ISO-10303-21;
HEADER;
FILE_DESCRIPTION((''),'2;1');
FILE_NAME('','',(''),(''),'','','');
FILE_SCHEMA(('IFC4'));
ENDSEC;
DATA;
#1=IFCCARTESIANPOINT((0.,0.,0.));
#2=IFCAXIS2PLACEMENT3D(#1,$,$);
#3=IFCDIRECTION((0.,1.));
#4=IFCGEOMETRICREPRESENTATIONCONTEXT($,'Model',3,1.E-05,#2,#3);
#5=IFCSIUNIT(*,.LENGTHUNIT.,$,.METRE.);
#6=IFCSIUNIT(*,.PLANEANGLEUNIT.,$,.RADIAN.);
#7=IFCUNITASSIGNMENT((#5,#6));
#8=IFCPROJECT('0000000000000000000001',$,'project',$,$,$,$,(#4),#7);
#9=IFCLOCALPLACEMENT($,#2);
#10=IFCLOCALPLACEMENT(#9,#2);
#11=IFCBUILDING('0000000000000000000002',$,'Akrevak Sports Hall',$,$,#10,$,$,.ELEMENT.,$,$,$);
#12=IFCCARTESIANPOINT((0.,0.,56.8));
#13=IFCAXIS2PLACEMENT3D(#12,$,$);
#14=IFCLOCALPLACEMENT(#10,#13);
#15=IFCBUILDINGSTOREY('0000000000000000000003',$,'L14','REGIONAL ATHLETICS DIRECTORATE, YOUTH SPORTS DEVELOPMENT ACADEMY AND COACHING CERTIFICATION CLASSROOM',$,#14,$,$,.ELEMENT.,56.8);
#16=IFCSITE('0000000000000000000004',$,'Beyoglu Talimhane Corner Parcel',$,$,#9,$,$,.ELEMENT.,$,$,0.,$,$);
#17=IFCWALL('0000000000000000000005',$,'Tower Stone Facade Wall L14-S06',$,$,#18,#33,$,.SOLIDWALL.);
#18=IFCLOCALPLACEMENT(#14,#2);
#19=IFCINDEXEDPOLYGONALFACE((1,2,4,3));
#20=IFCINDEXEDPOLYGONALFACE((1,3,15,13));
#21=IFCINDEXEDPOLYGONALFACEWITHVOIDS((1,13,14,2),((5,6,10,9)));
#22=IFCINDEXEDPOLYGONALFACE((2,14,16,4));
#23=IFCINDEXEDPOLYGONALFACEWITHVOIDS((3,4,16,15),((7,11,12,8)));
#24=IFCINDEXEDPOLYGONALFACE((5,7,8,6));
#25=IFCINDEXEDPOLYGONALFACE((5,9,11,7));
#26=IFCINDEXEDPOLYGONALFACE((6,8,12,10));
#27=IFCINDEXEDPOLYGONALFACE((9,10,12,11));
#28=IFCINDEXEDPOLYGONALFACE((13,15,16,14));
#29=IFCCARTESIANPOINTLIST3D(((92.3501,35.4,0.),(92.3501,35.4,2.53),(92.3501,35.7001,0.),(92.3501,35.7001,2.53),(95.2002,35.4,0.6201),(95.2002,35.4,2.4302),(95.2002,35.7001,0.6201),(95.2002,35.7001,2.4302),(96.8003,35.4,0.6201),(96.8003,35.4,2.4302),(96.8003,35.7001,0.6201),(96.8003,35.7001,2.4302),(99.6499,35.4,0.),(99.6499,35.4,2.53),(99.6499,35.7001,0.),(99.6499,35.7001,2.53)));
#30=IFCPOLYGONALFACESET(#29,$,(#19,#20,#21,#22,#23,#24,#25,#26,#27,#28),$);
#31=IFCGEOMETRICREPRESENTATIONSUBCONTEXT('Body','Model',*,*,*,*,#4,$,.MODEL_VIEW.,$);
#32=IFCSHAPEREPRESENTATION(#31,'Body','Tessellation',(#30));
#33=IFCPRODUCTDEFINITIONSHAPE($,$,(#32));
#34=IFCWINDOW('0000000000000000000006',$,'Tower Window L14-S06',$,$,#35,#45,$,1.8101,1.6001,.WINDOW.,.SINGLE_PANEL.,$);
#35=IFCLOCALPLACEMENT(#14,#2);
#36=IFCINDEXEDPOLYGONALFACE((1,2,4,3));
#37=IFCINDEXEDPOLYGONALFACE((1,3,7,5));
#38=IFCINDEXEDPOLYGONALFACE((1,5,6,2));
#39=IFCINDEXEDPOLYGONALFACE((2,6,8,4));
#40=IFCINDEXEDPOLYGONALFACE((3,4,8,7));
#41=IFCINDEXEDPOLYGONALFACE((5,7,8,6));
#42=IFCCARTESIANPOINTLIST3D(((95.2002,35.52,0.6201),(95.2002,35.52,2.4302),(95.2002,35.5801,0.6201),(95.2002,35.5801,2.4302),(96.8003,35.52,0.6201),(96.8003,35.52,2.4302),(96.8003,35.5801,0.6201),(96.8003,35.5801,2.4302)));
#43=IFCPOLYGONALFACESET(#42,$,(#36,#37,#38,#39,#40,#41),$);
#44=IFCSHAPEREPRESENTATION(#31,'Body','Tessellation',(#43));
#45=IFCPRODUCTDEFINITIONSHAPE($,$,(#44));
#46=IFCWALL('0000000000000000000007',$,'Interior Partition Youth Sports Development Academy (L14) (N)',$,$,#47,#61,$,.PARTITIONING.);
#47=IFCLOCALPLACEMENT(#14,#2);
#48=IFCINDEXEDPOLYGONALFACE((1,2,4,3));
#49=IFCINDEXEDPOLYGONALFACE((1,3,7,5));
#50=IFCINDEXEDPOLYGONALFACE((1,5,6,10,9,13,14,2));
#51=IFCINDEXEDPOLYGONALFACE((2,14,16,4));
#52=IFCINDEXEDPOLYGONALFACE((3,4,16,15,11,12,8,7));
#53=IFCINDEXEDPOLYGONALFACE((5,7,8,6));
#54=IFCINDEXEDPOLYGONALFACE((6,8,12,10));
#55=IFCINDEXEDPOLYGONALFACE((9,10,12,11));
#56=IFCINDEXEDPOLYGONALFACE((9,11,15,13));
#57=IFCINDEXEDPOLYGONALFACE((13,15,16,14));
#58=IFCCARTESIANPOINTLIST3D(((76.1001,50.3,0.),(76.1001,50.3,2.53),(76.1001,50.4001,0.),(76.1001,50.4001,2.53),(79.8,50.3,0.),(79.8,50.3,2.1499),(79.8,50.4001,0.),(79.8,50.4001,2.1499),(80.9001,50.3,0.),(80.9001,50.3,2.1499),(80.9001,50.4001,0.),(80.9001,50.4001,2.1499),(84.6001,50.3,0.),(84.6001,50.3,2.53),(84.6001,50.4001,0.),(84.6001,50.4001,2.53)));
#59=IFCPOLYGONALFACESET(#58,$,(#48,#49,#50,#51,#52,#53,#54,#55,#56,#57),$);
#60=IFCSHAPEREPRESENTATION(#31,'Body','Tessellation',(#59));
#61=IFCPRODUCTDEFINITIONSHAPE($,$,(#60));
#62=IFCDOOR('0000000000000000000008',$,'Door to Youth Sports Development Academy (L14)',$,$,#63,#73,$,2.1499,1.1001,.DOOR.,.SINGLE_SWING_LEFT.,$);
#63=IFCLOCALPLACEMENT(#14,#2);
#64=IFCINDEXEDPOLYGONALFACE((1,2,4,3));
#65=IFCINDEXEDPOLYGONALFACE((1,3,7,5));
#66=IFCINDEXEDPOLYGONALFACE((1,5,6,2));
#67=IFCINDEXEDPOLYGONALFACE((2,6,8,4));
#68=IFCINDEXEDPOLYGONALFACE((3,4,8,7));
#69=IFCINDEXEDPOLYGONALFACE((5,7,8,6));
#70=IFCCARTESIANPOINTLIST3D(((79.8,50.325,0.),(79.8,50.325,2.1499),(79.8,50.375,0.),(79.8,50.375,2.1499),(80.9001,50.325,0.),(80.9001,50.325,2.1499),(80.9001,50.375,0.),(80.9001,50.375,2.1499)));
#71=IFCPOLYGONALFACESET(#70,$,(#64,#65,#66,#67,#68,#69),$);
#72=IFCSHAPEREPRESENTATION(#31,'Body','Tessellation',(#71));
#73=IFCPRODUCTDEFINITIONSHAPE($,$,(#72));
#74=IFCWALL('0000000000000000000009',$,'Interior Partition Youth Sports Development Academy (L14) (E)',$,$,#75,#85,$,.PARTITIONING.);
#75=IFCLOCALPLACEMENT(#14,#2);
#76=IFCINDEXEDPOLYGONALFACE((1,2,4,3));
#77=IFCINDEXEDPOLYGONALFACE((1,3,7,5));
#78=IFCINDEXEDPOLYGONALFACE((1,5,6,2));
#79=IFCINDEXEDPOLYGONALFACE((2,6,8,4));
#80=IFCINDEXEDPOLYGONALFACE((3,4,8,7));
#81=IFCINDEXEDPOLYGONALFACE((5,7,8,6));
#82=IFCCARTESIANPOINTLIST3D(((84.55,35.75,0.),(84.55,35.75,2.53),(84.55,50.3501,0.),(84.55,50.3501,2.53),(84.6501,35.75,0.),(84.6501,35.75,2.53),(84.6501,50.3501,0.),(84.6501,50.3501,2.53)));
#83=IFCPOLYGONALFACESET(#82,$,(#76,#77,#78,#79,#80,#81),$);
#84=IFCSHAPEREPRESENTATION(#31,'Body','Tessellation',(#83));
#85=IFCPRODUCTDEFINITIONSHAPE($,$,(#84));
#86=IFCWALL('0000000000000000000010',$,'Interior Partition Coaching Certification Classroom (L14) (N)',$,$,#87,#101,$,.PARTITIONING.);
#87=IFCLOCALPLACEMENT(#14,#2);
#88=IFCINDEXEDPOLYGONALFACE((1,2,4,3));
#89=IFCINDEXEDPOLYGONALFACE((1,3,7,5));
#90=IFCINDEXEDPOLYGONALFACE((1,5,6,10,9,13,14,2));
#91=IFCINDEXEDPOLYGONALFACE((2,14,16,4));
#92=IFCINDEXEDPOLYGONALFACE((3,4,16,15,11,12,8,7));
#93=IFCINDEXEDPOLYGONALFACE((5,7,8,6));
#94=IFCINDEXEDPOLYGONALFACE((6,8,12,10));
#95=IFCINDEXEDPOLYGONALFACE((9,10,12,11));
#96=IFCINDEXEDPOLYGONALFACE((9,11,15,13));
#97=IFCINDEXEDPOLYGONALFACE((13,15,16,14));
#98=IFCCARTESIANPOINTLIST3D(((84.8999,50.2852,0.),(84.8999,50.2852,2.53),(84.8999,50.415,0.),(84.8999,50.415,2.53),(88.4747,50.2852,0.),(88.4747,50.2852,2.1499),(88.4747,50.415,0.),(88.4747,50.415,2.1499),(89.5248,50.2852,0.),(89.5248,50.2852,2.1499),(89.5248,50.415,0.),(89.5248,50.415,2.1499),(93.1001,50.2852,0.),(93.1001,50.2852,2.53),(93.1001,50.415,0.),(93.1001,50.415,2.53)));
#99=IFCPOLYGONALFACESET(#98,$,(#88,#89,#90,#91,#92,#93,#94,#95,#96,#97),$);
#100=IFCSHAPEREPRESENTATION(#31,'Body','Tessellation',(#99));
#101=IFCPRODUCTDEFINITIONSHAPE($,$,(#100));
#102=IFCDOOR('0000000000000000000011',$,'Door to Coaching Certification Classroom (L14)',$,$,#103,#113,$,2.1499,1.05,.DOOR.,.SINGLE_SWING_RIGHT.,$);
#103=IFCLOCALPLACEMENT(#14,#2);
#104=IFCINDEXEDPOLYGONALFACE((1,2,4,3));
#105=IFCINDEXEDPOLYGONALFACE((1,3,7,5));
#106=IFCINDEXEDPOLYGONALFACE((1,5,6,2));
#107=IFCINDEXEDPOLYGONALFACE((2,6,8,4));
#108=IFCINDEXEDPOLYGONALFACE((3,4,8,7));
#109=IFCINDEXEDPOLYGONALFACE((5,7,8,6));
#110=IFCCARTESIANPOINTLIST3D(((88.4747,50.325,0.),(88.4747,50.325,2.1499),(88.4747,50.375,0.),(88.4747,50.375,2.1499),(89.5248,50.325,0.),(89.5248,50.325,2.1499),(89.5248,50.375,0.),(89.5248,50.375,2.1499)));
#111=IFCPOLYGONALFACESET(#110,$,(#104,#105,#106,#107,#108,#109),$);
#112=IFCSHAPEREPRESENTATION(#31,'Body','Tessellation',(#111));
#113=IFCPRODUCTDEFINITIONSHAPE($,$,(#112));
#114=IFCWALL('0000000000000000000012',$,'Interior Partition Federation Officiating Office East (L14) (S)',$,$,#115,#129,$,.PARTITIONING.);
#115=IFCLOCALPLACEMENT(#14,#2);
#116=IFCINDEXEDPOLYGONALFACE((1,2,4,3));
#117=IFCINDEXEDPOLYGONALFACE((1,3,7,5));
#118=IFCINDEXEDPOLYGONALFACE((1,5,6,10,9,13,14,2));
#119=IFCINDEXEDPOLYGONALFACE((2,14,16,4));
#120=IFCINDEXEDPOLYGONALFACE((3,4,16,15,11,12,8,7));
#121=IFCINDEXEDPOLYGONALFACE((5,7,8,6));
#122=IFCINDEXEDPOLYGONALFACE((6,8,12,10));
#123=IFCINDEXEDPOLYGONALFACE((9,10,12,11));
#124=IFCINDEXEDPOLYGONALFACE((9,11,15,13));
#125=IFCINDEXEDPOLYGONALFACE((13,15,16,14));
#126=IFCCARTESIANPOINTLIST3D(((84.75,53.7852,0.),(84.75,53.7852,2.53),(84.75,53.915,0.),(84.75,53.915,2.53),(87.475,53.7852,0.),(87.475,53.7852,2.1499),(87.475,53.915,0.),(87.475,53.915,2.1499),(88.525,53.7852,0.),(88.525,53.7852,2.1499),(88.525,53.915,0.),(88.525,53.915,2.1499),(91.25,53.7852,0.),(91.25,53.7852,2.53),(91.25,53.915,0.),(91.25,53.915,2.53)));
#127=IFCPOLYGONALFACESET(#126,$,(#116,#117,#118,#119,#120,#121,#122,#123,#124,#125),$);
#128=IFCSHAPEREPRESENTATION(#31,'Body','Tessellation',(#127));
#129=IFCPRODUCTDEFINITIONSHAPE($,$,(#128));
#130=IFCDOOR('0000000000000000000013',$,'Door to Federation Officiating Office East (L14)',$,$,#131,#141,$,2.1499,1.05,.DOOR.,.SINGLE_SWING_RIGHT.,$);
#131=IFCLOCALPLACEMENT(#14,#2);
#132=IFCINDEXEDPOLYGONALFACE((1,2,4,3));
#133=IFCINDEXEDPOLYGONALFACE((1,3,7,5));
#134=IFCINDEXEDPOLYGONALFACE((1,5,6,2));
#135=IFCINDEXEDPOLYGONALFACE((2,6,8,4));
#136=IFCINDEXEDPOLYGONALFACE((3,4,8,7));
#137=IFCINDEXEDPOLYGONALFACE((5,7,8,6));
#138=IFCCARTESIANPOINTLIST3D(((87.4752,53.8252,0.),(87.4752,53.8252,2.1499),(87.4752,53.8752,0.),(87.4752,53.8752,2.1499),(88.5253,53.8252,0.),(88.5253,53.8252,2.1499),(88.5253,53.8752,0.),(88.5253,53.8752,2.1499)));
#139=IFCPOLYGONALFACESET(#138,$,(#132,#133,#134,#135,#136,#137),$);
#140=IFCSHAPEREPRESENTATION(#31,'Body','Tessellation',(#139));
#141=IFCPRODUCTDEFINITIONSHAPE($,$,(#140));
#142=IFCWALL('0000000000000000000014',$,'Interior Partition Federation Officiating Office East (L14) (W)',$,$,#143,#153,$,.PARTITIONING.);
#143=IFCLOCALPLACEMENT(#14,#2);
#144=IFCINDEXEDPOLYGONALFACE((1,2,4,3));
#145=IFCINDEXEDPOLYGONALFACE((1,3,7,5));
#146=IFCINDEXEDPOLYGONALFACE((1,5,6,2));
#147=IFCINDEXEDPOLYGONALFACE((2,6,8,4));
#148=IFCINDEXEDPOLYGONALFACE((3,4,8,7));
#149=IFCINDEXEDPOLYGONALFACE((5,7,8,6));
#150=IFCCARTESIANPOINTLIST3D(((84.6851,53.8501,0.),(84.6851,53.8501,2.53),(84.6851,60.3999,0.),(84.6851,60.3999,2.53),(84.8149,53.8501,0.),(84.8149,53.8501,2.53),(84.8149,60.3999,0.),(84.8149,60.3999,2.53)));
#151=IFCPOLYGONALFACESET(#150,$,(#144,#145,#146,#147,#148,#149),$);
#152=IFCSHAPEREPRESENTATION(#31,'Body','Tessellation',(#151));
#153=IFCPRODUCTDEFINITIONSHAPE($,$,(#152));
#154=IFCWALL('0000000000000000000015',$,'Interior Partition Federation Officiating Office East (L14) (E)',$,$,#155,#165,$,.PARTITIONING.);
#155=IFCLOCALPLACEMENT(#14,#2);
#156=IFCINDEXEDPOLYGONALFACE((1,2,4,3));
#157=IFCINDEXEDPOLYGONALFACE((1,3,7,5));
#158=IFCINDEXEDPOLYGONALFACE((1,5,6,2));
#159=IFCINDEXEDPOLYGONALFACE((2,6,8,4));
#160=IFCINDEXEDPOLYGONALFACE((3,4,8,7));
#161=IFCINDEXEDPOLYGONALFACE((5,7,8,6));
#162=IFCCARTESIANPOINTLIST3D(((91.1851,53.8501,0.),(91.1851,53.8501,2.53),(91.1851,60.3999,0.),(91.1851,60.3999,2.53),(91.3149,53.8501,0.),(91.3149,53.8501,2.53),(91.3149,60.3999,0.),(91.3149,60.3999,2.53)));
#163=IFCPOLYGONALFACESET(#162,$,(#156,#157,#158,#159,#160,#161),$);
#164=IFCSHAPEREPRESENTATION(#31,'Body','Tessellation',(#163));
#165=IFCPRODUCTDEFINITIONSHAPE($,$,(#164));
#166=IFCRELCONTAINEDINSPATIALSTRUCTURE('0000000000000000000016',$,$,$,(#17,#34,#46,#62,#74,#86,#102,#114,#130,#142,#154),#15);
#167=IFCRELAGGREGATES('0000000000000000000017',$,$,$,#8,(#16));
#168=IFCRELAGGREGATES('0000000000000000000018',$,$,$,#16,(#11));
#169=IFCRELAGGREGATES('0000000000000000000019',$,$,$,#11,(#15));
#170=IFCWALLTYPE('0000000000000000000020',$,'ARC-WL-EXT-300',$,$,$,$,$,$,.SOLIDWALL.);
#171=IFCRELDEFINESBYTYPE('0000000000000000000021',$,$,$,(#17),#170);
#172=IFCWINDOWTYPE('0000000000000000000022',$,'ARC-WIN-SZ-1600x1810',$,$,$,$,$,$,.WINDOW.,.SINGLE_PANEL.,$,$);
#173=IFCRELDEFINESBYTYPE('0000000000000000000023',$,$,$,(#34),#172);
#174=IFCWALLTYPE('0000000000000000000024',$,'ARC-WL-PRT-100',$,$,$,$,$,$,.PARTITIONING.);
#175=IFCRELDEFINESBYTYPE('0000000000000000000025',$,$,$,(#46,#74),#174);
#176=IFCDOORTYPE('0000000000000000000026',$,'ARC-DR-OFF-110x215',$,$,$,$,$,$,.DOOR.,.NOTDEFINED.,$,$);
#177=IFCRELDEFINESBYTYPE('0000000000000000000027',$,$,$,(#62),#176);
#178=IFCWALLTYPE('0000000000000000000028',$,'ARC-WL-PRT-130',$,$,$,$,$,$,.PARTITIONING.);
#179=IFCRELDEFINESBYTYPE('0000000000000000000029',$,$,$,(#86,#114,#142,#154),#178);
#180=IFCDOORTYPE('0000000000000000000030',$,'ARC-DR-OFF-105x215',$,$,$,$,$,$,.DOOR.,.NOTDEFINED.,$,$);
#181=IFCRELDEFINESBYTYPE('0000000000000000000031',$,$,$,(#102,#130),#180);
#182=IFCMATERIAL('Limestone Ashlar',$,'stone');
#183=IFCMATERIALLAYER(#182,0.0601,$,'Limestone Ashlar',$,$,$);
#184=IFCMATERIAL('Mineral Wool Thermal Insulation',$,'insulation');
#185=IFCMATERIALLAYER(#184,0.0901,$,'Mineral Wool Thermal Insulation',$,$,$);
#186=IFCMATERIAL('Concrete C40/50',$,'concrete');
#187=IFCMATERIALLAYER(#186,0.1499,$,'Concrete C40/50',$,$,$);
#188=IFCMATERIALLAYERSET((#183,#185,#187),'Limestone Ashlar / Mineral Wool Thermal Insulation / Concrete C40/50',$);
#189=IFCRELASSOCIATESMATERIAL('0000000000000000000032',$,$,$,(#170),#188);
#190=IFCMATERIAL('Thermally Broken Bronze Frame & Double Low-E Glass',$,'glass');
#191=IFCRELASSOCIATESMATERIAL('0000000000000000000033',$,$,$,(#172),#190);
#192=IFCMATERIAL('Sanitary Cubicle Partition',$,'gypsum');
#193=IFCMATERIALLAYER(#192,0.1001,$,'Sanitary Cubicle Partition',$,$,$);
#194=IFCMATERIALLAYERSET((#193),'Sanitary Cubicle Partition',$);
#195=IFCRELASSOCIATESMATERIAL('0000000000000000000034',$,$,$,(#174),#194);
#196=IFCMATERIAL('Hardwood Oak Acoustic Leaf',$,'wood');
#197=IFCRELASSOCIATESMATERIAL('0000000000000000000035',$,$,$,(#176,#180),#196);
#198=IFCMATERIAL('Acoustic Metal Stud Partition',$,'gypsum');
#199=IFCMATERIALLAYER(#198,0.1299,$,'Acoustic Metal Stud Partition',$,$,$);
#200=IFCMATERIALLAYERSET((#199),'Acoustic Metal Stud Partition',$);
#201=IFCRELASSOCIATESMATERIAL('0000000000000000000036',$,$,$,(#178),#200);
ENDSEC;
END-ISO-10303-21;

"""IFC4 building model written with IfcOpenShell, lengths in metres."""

from ifc_helpers import new_model, si_unit, direction, frame, frame_2d, origin, place, context, subcontext, project, spatial, rectangle, extrude, material, layer, layer_set, type_object, element, fill, save


model = new_model("IFC4")

# Units and contexts
model_context = context("Model", 3, precision=1e-05, world=origin(), true_north=direction((0.0, 1.0)))
body_context = subcontext(model_context, "Body", "Model", "MODEL_VIEW")
ifc_project = project(units=[si_unit("LENGTHUNIT", "METRE"), si_unit("PLANEANGLEUNIT", "RADIAN")], contexts=[model_context])

# Site, building, storey
site_placement = place(None, origin())
site = spatial("IfcSite", under=ifc_project, at=site_placement, Name="Beyoglu Talimhane Corner Parcel", CompositionType="ELEMENT", RefElevation=0.0)
building_placement = place(site_placement, origin())
building = spatial("IfcBuilding", under=site, at=building_placement, Name="Akrevak Sports Hall", CompositionType="ELEMENT")
storey_placement = place(building_placement, frame((0.0, 0.0, 56.8)))
storey = spatial("IfcBuildingStorey", under=building, at=storey_placement, Name="L14", Description="REGIONAL ATHLETICS DIRECTORATE, YOUTH SPORTS DEVELOPMENT ACADEMY AND COACHING CERTIFICATION CLASSROOM", CompositionType="ELEMENT", Elevation=56.8)

# Shared definitions
ifc_material_1 = material(Name="Concrete C40/50", Category="concrete")

# Wall, opening, window
ifc_material_2 = material(Name="Limestone Ashlar", Category="stone")
ifc_layer_1 = layer(ifc_material_2, 0.0601, Name="Limestone Ashlar")
ifc_material_3 = material(Name="Mineral Wool Thermal Insulation", Category="insulation")
ifc_layer_2 = layer(ifc_material_3, 0.0901, Name="Mineral Wool Thermal Insulation")
ifc_layer_3 = layer(ifc_material_1, 0.1499, Name="Concrete C40/50")
ifc_layer_set_1 = layer_set([ifc_layer_1, ifc_layer_2, ifc_layer_3], Name="Limestone Ashlar / Mineral Wool Thermal Insulation / Concrete C40/50")
wall_type_1 = type_object("IfcWallType", Name="ARC-WL-EXT-300", PredefinedType="SOLIDWALL", material=ifc_layer_set_1)
wall_1_placement = place(storey_placement, frame((92.3501, 35.55, 0.0), z_axis=(0.0, 0.0, 1.0), x_axis=(1.0, 0.0, 0.0)))
wall_1 = element("IfcWall", 1, at=wall_1_placement, inside=storey, type_object=wall_type_1, Name="Tower Stone Facade Wall L14-S06", PredefinedType="SOLIDWALL", context=body_context, shape_type="SweptSolid", body=[
    extrude(rectangle(XDim=7.2998, YDim=0.3, at=frame_2d((3.6499, 0.0))), origin(), (0.0, 0.0, 1.0), 2.53),
])
opening_1_placement = place(wall_1_placement, frame((2.8501, 0.0, 0.6201)))
opening_1 = element("IfcOpeningElement", 2, at=opening_1_placement, cuts=wall_1, PredefinedType="OPENING", context=body_context, shape_type="SweptSolid", body=[
    extrude(rectangle(XDim=1.6001, YDim=1.8101, at=frame_2d((0.8, 0.905))), frame((0.0, 0.1621, 0.0), z_axis=(0.0, -1.0, 0.0), x_axis=(1.0, 0.0, 0.0)), (0.0, 0.0, 1.0), 0.324),
])
ifc_material_4 = material(Name="Thermally Broken Bronze Frame & Double Low-E Glass", Category="glass")
window_type = type_object("IfcWindowType", Name="ARC-WIN-SZ-1600x1810", PartitioningType="SINGLE_PANEL", PredefinedType="WINDOW", material=ifc_material_4)
window_placement = place(opening_1_placement, origin())
window = element("IfcWindow", 3, at=window_placement, inside=storey, type_object=window_type, Name="Tower Window L14-S06", OverallHeight=1.8101, OverallWidth=1.6001, PartitioningType="SINGLE_PANEL", PredefinedType="WINDOW", context=body_context, shape_type="SweptSolid", body=[
    extrude(rectangle(XDim=1.6001, YDim=1.8101, at=frame_2d((0.8, 0.905))), frame((0.0, 0.03, 0.0), z_axis=(0.0, -1.0, 0.0), x_axis=(1.0, 0.0, 0.0)), (0.0, 0.0, 1.0), 0.0601),
])
fill(opening_1, window)

# Wall, opening, door
ifc_material_5 = material(Name="Sanitary Cubicle Partition", Category="gypsum")
ifc_layer_4 = layer(ifc_material_5, 0.1001, Name="Sanitary Cubicle Partition")
ifc_layer_set_2 = layer_set([ifc_layer_4], Name="Sanitary Cubicle Partition")
wall_type_2 = type_object("IfcWallType", Name="ARC-WL-PRT-100", PredefinedType="PARTITIONING", material=ifc_layer_set_2)
wall_2_placement = place(storey_placement, frame((76.1001, 50.3501, 0.0), z_axis=(0.0, 0.0, 1.0), x_axis=(1.0, 0.0, 0.0)))
wall_2 = element("IfcWall", 4, at=wall_2_placement, inside=storey, type_object=wall_type_2, Name="Interior Partition Youth Sports Development Academy (L14) (N)", PredefinedType="PARTITIONING", context=body_context, shape_type="SweptSolid", body=[
    extrude(rectangle(XDim=8.5, YDim=0.1001, at=frame_2d((4.25, 0.0))), origin(), (0.0, 0.0, 1.0), 2.53),
])
opening_2_placement = place(wall_2_placement, frame((3.7, 0.0, 0.0)))
opening_2 = element("IfcOpeningElement", 5, at=opening_2_placement, cuts=wall_2, PredefinedType="OPENING", context=body_context, shape_type="SweptSolid", body=[
    extrude(rectangle(XDim=1.1001, YDim=2.1499, at=frame_2d((0.55, 1.075))), frame((0.0, 0.062, 0.0), z_axis=(0.0, -1.0, 0.0), x_axis=(1.0, 0.0, 0.0)), (0.0, 0.0, 1.0), 0.124),
])
ifc_material_6 = material(Name="Hardwood Oak Acoustic Leaf", Category="wood")
door_type_1 = type_object("IfcDoorType", Name="ARC-DR-OFF-110x215", OperationType="NOTDEFINED", PredefinedType="DOOR", material=ifc_material_6)
door_1_placement = place(opening_2_placement, origin())
door_1 = element("IfcDoor", 6, at=door_1_placement, inside=storey, type_object=door_type_1, Name="Door to Youth Sports Development Academy (L14)", OperationType="SINGLE_SWING_LEFT", OverallHeight=2.1499, OverallWidth=1.1001, PredefinedType="DOOR", context=body_context, shape_type="SweptSolid", body=[
    extrude(rectangle(XDim=1.1001, YDim=2.1499, at=frame_2d((0.55, 1.075))), frame((0.0, 0.0249, 0.0), z_axis=(0.0, -1.0, 0.0), x_axis=(1.0, 0.0, 0.0)), (0.0, 0.0, 1.0), 0.05),
])
fill(opening_2, door_1)

# Wall
wall_3_placement = place(storey_placement, frame((84.6001, 35.75, 0.0), z_axis=(0.0, 0.0, 1.0), x_axis=(0.0, 1.0, 0.0)))
element("IfcWall", 7, at=wall_3_placement, inside=storey, type_object=wall_type_2, Name="Interior Partition Youth Sports Development Academy (L14) (E)", PredefinedType="PARTITIONING", context=body_context, shape_type="SweptSolid", body=[
    extrude(rectangle(XDim=14.6001, YDim=0.1001, at=frame_2d((7.3, 0.0))), origin(), (0.0, 0.0, 1.0), 2.53),
])

# Walls, openings, doors
ifc_material_7 = material(Name="Acoustic Metal Stud Partition", Category="gypsum")
ifc_layer_5 = layer(ifc_material_7, 0.1299, Name="Acoustic Metal Stud Partition")
ifc_layer_set_3 = layer_set([ifc_layer_5], Name="Acoustic Metal Stud Partition")
wall_type_3 = type_object("IfcWallType", Name="ARC-WL-PRT-130", PredefinedType="PARTITIONING", material=ifc_layer_set_3)
wall_4_placement = place(storey_placement, frame((84.8999, 50.3501, 0.0), z_axis=(0.0, 0.0, 1.0), x_axis=(1.0, 0.0, 0.0)))
wall_4 = element("IfcWall", 8, at=wall_4_placement, inside=storey, type_object=wall_type_3, Name="Interior Partition Coaching Certification Classroom (L14) (N)", PredefinedType="PARTITIONING", context=body_context, shape_type="SweptSolid", body=[
    extrude(rectangle(XDim=8.2002, YDim=0.1299, at=frame_2d((4.1001, 0.0))), origin(), (0.0, 0.0, 1.0), 2.53),
])
opening_3_placement = place(wall_4_placement, frame((3.575, 0.0, 0.0)))
opening_3 = element("IfcOpeningElement", 9, at=opening_3_placement, cuts=wall_4, PredefinedType="OPENING", context=body_context, shape_type="SweptSolid", body=[
    extrude(rectangle(XDim=1.05, YDim=2.1499, at=frame_2d((0.5249, 1.075))), frame((0.0, 0.0769, 0.0), z_axis=(0.0, -1.0, 0.0), x_axis=(1.0, 0.0, 0.0)), (0.0, 0.0, 1.0), 0.1538),
])
door_type_2 = type_object("IfcDoorType", Name="ARC-DR-OFF-105x215", OperationType="NOTDEFINED", PredefinedType="DOOR", material=ifc_material_6)
door_2_placement = place(opening_3_placement, origin())
door_2 = element("IfcDoor", 10, at=door_2_placement, inside=storey, type_object=door_type_2, Name="Door to Coaching Certification Classroom (L14)", OperationType="SINGLE_SWING_RIGHT", OverallHeight=2.1499, OverallWidth=1.05, PredefinedType="DOOR", context=body_context, shape_type="SweptSolid", body=[
    extrude(rectangle(XDim=1.05, YDim=2.1499, at=frame_2d((0.5249, 1.075))), frame((0.0, 0.0249, 0.0), z_axis=(0.0, -1.0, 0.0), x_axis=(1.0, 0.0, 0.0)), (0.0, 0.0, 1.0), 0.05),
])
fill(opening_3, door_2)
wall_5_placement = place(storey_placement, frame((84.75, 53.8501, 0.0), z_axis=(0.0, 0.0, 1.0), x_axis=(1.0, 0.0, 0.0)))
wall_5 = element("IfcWall", 11, at=wall_5_placement, inside=storey, type_object=wall_type_3, Name="Interior Partition Federation Officiating Office East (L14) (S)", PredefinedType="PARTITIONING", context=body_context, shape_type="SweptSolid", body=[
    extrude(rectangle(XDim=6.5, YDim=0.1299, at=frame_2d((3.25, 0.0))), origin(), (0.0, 0.0, 1.0), 2.53),
])
opening_4_placement = place(wall_5_placement, frame((2.7251, 0.0, 0.0)))
opening_4 = element("IfcOpeningElement", 12, at=opening_4_placement, cuts=wall_5, PredefinedType="OPENING", context=body_context, shape_type="SweptSolid", body=[
    extrude(rectangle(XDim=1.05, YDim=2.1499, at=frame_2d((0.5249, 1.075))), frame((0.0, 0.0769, 0.0), z_axis=(0.0, -1.0, 0.0), x_axis=(1.0, 0.0, 0.0)), (0.0, 0.0, 1.0), 0.1538),
])
door_3_placement = place(opening_4_placement, frame((1.05, 0.0, 0.0), z_axis=(0.0, 0.0, 1.0), x_axis=(-1.0, 0.0, 0.0)))
door_3 = element("IfcDoor", 13, at=door_3_placement, inside=storey, type_object=door_type_2, Name="Door to Federation Officiating Office East (L14)", OperationType="SINGLE_SWING_RIGHT", OverallHeight=2.1499, OverallWidth=1.05, PredefinedType="DOOR", context=body_context, shape_type="SweptSolid", body=[
    extrude(rectangle(XDim=1.05, YDim=2.1499, at=frame_2d((0.5249, 1.075))), frame((0.0, 0.0249, 0.0), z_axis=(0.0, -1.0, 0.0), x_axis=(1.0, 0.0, 0.0)), (0.0, 0.0, 1.0), 0.05),
])
fill(opening_4, door_3)

# Walls
for number, where, z_axis, x_axis, name in (
    (14, (84.75, 53.8501, 0.0), (0.0, 0.0, 1.0), (0.0, 1.0, 0.0), "Interior Partition Federation Officiating Office East (L14) (W)"),
    (15, (91.25, 53.8501, 0.0), (0.0, 0.0, 1.0), (0.0, 1.0, 0.0), "Interior Partition Federation Officiating Office East (L14) (E)"),
):
    element("IfcWall", number, at=place(storey_placement, frame(where, z_axis=z_axis, x_axis=x_axis)), inside=storey, type_object=wall_type_3, Name=name, PredefinedType="PARTITIONING", context=body_context, shape_type="SweptSolid", body=[
        extrude(rectangle(XDim=6.5498, YDim=0.1299, at=frame_2d((3.2749, 0.0))), origin(), (0.0, 0.0, 1.0), 2.53),
    ])

save(model, "model.ifc")
